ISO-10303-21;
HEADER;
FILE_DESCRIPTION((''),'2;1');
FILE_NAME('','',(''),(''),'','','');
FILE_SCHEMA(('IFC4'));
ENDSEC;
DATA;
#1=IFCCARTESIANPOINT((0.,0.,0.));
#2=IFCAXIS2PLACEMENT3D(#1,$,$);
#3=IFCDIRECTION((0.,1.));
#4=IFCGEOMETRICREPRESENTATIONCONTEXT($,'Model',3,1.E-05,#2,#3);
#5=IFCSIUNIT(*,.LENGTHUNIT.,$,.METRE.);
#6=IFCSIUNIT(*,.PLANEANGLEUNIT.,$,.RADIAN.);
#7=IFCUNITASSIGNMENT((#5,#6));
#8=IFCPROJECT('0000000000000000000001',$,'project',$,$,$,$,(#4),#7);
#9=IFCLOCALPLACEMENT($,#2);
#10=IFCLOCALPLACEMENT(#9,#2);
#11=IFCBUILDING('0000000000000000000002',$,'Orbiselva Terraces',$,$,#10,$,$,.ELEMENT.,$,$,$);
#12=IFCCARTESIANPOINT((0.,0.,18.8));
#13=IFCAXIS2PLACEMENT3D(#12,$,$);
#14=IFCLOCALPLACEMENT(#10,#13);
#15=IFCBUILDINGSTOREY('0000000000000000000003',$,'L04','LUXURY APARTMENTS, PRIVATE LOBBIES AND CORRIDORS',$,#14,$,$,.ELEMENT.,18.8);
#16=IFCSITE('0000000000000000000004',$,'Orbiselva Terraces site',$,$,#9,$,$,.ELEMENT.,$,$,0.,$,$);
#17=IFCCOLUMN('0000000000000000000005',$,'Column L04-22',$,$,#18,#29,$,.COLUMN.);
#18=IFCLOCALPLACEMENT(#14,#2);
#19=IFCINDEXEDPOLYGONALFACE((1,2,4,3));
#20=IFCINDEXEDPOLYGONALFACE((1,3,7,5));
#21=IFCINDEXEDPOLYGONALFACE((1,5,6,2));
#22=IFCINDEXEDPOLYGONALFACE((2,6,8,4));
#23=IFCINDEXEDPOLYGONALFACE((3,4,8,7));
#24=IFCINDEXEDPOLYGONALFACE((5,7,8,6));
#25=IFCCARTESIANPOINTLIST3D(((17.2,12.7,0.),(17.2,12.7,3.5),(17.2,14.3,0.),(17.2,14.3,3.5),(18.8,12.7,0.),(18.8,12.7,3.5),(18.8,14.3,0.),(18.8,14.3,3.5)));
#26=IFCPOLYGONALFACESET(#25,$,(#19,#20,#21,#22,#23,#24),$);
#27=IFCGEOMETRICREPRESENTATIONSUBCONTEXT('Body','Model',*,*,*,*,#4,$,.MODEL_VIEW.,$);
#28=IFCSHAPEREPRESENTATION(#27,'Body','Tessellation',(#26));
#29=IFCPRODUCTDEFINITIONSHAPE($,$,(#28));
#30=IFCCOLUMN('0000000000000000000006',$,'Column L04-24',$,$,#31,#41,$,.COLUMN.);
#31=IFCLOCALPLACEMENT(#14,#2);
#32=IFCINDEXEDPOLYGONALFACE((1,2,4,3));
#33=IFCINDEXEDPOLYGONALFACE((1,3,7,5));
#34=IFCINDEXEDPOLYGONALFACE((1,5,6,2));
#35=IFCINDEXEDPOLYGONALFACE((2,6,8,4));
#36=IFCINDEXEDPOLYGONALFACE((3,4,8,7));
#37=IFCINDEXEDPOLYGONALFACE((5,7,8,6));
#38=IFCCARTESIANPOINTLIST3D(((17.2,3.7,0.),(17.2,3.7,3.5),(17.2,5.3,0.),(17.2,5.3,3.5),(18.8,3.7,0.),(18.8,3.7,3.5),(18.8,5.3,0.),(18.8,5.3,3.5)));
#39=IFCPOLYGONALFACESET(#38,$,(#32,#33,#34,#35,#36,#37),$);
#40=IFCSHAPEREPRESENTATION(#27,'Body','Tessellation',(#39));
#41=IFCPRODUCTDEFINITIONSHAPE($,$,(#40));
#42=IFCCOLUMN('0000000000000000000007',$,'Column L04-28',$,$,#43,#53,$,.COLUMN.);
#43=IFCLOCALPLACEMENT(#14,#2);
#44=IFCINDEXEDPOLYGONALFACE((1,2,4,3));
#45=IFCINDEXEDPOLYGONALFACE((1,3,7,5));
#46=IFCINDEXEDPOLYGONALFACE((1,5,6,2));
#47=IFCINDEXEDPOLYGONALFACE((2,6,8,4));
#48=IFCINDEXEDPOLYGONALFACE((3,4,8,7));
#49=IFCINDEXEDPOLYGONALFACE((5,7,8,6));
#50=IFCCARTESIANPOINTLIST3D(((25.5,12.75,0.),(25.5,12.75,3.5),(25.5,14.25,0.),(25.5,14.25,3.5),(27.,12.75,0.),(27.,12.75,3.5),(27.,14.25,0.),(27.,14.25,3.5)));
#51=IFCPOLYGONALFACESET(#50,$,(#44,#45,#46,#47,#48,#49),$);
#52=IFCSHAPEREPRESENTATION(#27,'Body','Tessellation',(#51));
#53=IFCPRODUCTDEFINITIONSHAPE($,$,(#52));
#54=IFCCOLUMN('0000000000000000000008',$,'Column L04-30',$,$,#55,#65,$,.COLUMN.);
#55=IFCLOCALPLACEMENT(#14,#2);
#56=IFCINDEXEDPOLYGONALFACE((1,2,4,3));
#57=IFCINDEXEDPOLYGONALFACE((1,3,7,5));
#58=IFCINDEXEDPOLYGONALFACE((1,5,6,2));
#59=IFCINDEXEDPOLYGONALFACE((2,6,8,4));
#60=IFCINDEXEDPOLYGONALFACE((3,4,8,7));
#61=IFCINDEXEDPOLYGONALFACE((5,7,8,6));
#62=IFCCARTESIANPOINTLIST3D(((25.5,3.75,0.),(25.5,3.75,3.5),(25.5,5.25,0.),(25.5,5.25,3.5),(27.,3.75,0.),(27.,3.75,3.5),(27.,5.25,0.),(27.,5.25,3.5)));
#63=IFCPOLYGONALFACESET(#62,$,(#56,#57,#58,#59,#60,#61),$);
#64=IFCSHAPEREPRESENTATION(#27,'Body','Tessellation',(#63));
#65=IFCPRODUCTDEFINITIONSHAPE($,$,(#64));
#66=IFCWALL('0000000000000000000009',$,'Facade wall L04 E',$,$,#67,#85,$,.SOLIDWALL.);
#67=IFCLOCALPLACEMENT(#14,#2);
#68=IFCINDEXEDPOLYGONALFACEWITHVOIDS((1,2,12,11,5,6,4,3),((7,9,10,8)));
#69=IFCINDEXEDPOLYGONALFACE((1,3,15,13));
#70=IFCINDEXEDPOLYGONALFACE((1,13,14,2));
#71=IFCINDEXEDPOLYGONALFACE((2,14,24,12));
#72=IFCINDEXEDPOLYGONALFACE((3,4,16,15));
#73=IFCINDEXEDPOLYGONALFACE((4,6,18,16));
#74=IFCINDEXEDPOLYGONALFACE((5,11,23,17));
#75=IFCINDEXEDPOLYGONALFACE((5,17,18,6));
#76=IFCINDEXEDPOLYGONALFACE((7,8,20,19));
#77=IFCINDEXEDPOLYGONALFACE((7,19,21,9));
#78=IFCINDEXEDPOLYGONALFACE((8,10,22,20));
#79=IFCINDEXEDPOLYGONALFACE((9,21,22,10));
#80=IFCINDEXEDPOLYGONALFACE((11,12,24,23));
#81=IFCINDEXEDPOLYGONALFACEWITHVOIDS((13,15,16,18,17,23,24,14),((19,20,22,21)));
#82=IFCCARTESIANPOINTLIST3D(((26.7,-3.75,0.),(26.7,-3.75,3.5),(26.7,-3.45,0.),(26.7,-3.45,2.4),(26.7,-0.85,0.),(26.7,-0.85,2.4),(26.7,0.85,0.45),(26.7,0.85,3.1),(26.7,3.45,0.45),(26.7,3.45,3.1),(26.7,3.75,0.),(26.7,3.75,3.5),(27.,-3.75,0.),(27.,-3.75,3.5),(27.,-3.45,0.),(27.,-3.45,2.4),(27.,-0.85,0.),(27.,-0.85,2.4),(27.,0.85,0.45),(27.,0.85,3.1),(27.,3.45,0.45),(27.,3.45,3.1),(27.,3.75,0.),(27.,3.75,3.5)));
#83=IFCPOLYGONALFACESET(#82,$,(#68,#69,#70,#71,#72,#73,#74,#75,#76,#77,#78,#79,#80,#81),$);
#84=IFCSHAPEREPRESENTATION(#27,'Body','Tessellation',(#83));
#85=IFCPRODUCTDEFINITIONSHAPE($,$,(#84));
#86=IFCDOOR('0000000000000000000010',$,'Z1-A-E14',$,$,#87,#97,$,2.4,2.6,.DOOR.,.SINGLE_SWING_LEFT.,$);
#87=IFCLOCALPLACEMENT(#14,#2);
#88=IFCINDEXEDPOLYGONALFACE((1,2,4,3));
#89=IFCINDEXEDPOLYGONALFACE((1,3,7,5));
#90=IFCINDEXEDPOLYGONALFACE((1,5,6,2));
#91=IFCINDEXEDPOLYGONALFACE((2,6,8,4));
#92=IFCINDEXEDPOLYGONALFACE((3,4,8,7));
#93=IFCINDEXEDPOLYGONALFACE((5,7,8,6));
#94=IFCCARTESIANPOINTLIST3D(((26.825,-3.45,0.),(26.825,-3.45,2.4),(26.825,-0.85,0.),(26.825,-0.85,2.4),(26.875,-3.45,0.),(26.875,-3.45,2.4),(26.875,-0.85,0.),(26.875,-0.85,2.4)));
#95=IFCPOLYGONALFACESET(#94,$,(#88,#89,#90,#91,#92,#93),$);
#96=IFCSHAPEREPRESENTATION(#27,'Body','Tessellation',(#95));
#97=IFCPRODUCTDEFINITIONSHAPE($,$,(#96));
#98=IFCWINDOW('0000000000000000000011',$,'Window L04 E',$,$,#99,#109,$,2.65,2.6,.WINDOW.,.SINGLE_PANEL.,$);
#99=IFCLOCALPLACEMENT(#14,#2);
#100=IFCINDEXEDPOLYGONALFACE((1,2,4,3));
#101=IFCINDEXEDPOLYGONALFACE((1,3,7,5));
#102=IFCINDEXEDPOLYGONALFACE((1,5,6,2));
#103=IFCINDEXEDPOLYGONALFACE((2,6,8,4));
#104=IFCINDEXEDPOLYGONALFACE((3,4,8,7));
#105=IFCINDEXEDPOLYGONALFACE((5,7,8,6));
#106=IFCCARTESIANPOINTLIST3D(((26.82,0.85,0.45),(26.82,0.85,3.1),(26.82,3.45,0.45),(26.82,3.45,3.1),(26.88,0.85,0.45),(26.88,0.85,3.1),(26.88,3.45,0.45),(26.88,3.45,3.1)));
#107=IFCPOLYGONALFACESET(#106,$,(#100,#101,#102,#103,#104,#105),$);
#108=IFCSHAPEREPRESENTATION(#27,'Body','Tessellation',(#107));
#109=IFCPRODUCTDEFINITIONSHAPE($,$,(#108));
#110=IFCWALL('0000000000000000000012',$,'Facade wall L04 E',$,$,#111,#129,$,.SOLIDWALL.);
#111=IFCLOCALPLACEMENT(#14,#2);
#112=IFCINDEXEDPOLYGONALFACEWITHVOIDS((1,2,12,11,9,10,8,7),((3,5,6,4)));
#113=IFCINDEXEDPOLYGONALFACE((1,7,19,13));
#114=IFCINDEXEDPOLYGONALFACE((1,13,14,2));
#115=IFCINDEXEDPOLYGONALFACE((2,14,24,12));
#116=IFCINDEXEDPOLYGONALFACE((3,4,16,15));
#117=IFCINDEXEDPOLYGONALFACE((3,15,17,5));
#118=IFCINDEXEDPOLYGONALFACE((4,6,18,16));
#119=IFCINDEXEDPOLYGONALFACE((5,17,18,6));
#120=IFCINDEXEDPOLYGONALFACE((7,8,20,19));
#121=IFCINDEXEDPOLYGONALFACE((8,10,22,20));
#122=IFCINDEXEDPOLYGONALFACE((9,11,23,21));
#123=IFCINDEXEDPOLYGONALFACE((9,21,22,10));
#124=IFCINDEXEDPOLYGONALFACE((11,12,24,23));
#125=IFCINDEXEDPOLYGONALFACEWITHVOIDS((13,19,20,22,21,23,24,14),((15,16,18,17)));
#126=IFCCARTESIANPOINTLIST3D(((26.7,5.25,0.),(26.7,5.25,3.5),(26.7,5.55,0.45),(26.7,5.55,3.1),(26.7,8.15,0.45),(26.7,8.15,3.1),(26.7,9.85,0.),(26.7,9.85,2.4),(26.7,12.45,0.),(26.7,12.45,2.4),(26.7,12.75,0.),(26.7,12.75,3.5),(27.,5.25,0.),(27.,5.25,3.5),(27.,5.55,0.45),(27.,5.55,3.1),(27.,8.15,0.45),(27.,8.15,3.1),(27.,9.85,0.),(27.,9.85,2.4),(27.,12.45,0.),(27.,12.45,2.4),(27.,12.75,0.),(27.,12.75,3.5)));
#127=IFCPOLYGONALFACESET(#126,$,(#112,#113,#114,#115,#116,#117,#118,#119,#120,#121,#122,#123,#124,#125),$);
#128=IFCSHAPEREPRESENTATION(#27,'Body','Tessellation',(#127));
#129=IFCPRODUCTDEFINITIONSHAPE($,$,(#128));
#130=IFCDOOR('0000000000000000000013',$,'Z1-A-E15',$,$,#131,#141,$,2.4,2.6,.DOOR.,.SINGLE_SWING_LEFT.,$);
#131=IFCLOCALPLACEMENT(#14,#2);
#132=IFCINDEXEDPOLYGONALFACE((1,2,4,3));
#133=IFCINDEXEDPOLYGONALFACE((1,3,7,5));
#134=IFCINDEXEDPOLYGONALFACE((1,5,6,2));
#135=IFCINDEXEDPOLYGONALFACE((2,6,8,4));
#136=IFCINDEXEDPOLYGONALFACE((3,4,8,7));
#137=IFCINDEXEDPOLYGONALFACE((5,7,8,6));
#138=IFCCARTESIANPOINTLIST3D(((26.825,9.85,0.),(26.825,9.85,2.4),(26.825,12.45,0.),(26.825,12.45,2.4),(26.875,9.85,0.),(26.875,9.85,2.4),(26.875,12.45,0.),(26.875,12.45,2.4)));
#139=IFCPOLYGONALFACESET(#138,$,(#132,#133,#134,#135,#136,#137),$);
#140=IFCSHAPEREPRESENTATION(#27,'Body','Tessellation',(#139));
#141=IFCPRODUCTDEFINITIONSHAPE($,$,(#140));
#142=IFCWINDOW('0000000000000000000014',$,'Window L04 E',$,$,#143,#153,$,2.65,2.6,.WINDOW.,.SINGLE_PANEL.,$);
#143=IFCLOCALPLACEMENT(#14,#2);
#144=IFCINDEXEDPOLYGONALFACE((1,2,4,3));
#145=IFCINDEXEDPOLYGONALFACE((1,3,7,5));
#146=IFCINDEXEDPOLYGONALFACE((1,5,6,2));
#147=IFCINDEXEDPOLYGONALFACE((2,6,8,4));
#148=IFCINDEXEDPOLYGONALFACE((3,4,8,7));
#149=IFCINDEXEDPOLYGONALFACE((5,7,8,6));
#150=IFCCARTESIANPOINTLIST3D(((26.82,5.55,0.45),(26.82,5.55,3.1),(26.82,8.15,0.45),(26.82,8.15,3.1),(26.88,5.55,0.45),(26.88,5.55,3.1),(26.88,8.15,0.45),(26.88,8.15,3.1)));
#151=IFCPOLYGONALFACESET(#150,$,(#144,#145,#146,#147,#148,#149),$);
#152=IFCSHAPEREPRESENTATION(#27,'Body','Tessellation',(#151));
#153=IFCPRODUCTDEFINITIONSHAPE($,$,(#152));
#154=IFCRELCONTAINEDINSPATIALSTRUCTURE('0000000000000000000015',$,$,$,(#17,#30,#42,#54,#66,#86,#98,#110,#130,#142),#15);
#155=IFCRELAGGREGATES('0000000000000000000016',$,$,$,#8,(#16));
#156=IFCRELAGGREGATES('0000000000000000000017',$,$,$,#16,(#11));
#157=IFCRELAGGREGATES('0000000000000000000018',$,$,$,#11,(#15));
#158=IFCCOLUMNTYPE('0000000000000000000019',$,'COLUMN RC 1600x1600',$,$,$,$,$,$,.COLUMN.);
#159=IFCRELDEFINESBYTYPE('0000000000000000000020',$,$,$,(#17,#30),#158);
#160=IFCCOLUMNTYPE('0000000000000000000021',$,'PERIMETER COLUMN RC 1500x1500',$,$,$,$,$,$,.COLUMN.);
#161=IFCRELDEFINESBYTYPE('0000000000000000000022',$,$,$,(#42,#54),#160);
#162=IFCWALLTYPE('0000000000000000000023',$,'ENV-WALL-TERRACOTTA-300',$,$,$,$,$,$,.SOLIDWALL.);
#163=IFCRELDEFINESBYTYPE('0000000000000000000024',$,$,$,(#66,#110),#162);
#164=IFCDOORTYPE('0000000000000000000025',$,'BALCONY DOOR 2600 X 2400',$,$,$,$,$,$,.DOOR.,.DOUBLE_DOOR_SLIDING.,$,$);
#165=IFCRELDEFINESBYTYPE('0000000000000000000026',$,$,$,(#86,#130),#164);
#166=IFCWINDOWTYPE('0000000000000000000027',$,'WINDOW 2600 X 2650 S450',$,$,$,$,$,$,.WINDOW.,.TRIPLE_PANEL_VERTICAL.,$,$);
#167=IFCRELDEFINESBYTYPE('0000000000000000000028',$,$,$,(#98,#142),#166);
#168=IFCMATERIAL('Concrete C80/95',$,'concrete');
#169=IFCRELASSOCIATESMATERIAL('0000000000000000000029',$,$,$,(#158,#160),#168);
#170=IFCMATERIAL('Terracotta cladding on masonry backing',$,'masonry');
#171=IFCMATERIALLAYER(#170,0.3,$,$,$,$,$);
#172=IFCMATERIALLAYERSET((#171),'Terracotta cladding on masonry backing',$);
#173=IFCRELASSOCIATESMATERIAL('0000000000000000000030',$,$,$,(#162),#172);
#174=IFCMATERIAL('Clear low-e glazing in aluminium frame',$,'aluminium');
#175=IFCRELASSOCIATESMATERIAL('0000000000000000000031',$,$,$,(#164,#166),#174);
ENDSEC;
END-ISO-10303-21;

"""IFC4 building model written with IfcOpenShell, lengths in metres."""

from ifc_helpers import new_model, si_unit, direction, frame, frame_2d, origin, origin_2d, place, context, subcontext, project, spatial, rectangle, extrude, material, layer, layer_set, material_profile, profile_set, type_object, element, fill, save


model = new_model("IFC4")

# Units and contexts
model_context = context("Model", 3, precision=1e-05, world=origin(), true_north=direction((0.0, 1.0)))
body_context = subcontext(model_context, "Body", "Model", "MODEL_VIEW")
ifc_project = project(units=[si_unit("LENGTHUNIT", "METRE"), si_unit("PLANEANGLEUNIT", "RADIAN")], contexts=[model_context])

# Site, building, storey
site_placement = place(None, origin())
site = spatial("IfcSite", under=ifc_project, at=site_placement, Name="Orbiselva Terraces site", CompositionType="ELEMENT", RefElevation=0.0)
building_placement = place(site_placement, origin())
building = spatial("IfcBuilding", under=site, at=building_placement, Name="Orbiselva Terraces", CompositionType="ELEMENT")
storey_placement = place(building_placement, frame((0.0, 0.0, 18.8)))
storey = spatial("IfcBuildingStorey", under=building, at=storey_placement, Name="L04", Description="LUXURY APARTMENTS, PRIVATE LOBBIES AND CORRIDORS", CompositionType="ELEMENT", Elevation=18.8)

# Columns
ifc_material_1 = material(Name="Concrete C80/95", Category="concrete")
ifc_material_profile_1 = material_profile(ifc_material_1, rectangle(XDim=1.6, YDim=1.6, at=origin_2d()), Name="RC 1600x1600")
ifc_profile_set_1 = profile_set([ifc_material_profile_1], Name="Concrete C80/95")
column_type_1 = type_object("IfcColumnType", Name="COLUMN RC 1600x1600", PredefinedType="COLUMN", material=ifc_profile_set_1)
for number, where, z_axis, x_axis, name in (
    (1, (18.0, 13.5, 0.0), (0.0, 0.0, 1.0), (1.0, 0.0, 0.0), "Column L04-22"),
    (2, (18.0, 4.5, 0.0), (0.0, 0.0, 1.0), (1.0, 0.0, 0.0), "Column L04-24"),
):
    element("IfcColumn", number, at=place(storey_placement, frame(where, z_axis=z_axis, x_axis=x_axis)), inside=storey, type_object=column_type_1, Name=name, PredefinedType="COLUMN", context=body_context, shape_type="SweptSolid", body=[
        extrude(rectangle(XDim=1.6, YDim=1.6, at=origin_2d()), origin(), (0.0, 0.0, 1.0), 3.5),
    ])
ifc_material_profile_2 = material_profile(ifc_material_1, rectangle(XDim=1.5, YDim=1.5, at=origin_2d()), Name="RC 1500x1500")
ifc_profile_set_2 = profile_set([ifc_material_profile_2], Name="Concrete C80/95")
column_type_2 = type_object("IfcColumnType", Name="PERIMETER COLUMN RC 1500x1500", PredefinedType="COLUMN", material=ifc_profile_set_2)
for number, where, z_axis, x_axis, name in (
    (3, (26.25, 13.5, 0.0), (0.0, 0.0, 1.0), (1.0, 0.0, 0.0), "Column L04-28"),
    (4, (26.25, 4.5, 0.0), (0.0, 0.0, 1.0), (1.0, 0.0, 0.0), "Column L04-30"),
):
    element("IfcColumn", number, at=place(storey_placement, frame(where, z_axis=z_axis, x_axis=x_axis)), inside=storey, type_object=column_type_2, Name=name, PredefinedType="COLUMN", context=body_context, shape_type="SweptSolid", body=[
        extrude(rectangle(XDim=1.5, YDim=1.5, at=origin_2d()), origin(), (0.0, 0.0, 1.0), 3.5),
    ])

# Walls, openings, doors, windows
ifc_material_2 = material(Name="Terracotta cladding on masonry backing", Category="masonry")
ifc_layer_1 = layer(ifc_material_2, 0.3)
ifc_layer_set_1 = layer_set([ifc_layer_1], Name="Terracotta cladding on masonry backing")
wall_type_1 = type_object("IfcWallType", Name="ENV-WALL-TERRACOTTA-300", PredefinedType="SOLIDWALL", material=ifc_layer_set_1)
wall_1_placement = place(storey_placement, frame((26.85, 3.75, 0.0), z_axis=(0.0, 0.0, 1.0), x_axis=(0.0, -1.0, 0.0)))
wall_1 = element("IfcWall", 5, at=wall_1_placement, inside=storey, type_object=wall_type_1, Name="Facade wall L04 E", PredefinedType="SOLIDWALL", context=body_context, shape_type="SweptSolid", body=[
    extrude(rectangle(XDim=7.5, YDim=0.3, at=frame_2d((3.75, 0.0))), origin(), (0.0, 0.0, 1.0), 3.5),
])
opening_1_placement = place(wall_1_placement, frame((4.6, 0.0, 0.0)))
opening_1 = element("IfcOpeningElement", 6, at=opening_1_placement, cuts=wall_1, PredefinedType="OPENING", context=body_context, shape_type="SweptSolid", body=[
    extrude(rectangle(XDim=2.6, YDim=2.4, at=frame_2d((1.3, 1.2))), frame((0.0, 0.16, 0.0), z_axis=(0.0, -1.0, 0.0), x_axis=(1.0, 0.0, 0.0)), (0.0, 0.0, 1.0), 0.32),
])
opening_2_placement = place(wall_1_placement, frame((0.3, 0.0, 0.45)))
opening_2 = element("IfcOpeningElement", 7, at=opening_2_placement, cuts=wall_1, PredefinedType="OPENING", context=body_context, shape_type="SweptSolid", body=[
    extrude(rectangle(XDim=2.6, YDim=2.65, at=frame_2d((1.3, 1.325))), frame((0.0, 0.16, 0.0), z_axis=(0.0, -1.0, 0.0), x_axis=(1.0, 0.0, 0.0)), (0.0, 0.0, 1.0), 0.32),
])
ifc_material_3 = material(Name="Clear low-e glazing in aluminium frame", Category="aluminium")
door_type_1 = type_object("IfcDoorType", Name="BALCONY DOOR 2600 X 2400", OperationType="DOUBLE_DOOR_SLIDING", PredefinedType="DOOR", material=ifc_material_3)
door_1_placement = place(opening_1_placement, origin())
door_1 = element("IfcDoor", 8, at=door_1_placement, inside=storey, type_object=door_type_1, Name="Z1-A-E14", OperationType="SINGLE_SWING_LEFT", OverallHeight=2.4, OverallWidth=2.6, PredefinedType="DOOR", context=body_context, shape_type="SweptSolid", body=[
    extrude(rectangle(XDim=2.6, YDim=2.4, at=frame_2d((1.3, 1.2))), frame((0.0, 0.025, 0.0), z_axis=(0.0, -1.0, 0.0), x_axis=(1.0, 0.0, 0.0)), (0.0, 0.0, 1.0), 0.05),
])
fill(opening_1, door_1)
window_type = type_object("IfcWindowType", Name="WINDOW 2600 X 2650 S450", PartitioningType="TRIPLE_PANEL_VERTICAL", PredefinedType="WINDOW", material=ifc_material_3)
window_1_placement = place(opening_2_placement, origin())
window_1 = element("IfcWindow", 9, at=window_1_placement, inside=storey, type_object=window_type, Name="Window L04 E", OverallHeight=2.65, OverallWidth=2.6, PartitioningType="SINGLE_PANEL", PredefinedType="WINDOW", context=body_context, shape_type="SweptSolid", body=[
    extrude(rectangle(XDim=2.6, YDim=2.65, at=frame_2d((1.3, 1.325))), frame((0.0, 0.03, 0.0), z_axis=(0.0, -1.0, 0.0), x_axis=(1.0, 0.0, 0.0)), (0.0, 0.0, 1.0), 0.06),
])
fill(opening_2, window_1)
wall_2_placement = place(storey_placement, frame((26.85, 12.75, 0.0), z_axis=(0.0, 0.0, 1.0), x_axis=(0.0, -1.0, 0.0)))
wall_2 = element("IfcWall", 10, at=wall_2_placement, inside=storey, type_object=wall_type_1, Name="Facade wall L04 E", PredefinedType="SOLIDWALL", context=body_context, shape_type="SweptSolid", body=[
    extrude(rectangle(XDim=7.5, YDim=0.3, at=frame_2d((3.75, 0.0))), origin(), (0.0, 0.0, 1.0), 3.5),
])
opening_3_placement = place(wall_2_placement, frame((4.6, 0.0, 0.45)))
opening_3 = element("IfcOpeningElement", 11, at=opening_3_placement, cuts=wall_2, PredefinedType="OPENING", context=body_context, shape_type="SweptSolid", body=[
    extrude(rectangle(XDim=2.6, YDim=2.65, at=frame_2d((1.3, 1.325))), frame((0.0, 0.16, 0.0), z_axis=(0.0, -1.0, 0.0), x_axis=(1.0, 0.0, 0.0)), (0.0, 0.0, 1.0), 0.32),
])
opening_4_placement = place(wall_2_placement, frame((0.3, 0.0, 0.0)))
opening_4 = element("IfcOpeningElement", 12, at=opening_4_placement, cuts=wall_2, PredefinedType="OPENING", context=body_context, shape_type="SweptSolid", body=[
    extrude(rectangle(XDim=2.6, YDim=2.4, at=frame_2d((1.3, 1.2))), frame((0.0, 0.16, 0.0), z_axis=(0.0, -1.0, 0.0), x_axis=(1.0, 0.0, 0.0)), (0.0, 0.0, 1.0), 0.32),
])
door_2_placement = place(opening_4_placement, origin())
door_2 = element("IfcDoor", 13, at=door_2_placement, inside=storey, type_object=door_type_1, Name="Z1-A-E15", OperationType="SINGLE_SWING_LEFT", OverallHeight=2.4, OverallWidth=2.6, PredefinedType="DOOR", context=body_context, shape_type="SweptSolid", body=[
    extrude(rectangle(XDim=2.6, YDim=2.4, at=frame_2d((1.3, 1.2))), frame((0.0, 0.025, 0.0), z_axis=(0.0, -1.0, 0.0), x_axis=(1.0, 0.0, 0.0)), (0.0, 0.0, 1.0), 0.05),
])
fill(opening_4, door_2)
window_2_placement = place(opening_3_placement, origin())
window_2 = element("IfcWindow", 14, at=window_2_placement, inside=storey, type_object=window_type, Name="Window L04 E", OverallHeight=2.65, OverallWidth=2.6, PartitioningType="SINGLE_PANEL", PredefinedType="WINDOW", context=body_context, shape_type="SweptSolid", body=[
    extrude(rectangle(XDim=2.6, YDim=2.65, at=frame_2d((1.3, 1.325))), frame((0.0, 0.03, 0.0), z_axis=(0.0, -1.0, 0.0), x_axis=(1.0, 0.0, 0.0)), (0.0, 0.0, 1.0), 0.06),
])
fill(opening_3, window_2)

save(model, "model.ifc")
